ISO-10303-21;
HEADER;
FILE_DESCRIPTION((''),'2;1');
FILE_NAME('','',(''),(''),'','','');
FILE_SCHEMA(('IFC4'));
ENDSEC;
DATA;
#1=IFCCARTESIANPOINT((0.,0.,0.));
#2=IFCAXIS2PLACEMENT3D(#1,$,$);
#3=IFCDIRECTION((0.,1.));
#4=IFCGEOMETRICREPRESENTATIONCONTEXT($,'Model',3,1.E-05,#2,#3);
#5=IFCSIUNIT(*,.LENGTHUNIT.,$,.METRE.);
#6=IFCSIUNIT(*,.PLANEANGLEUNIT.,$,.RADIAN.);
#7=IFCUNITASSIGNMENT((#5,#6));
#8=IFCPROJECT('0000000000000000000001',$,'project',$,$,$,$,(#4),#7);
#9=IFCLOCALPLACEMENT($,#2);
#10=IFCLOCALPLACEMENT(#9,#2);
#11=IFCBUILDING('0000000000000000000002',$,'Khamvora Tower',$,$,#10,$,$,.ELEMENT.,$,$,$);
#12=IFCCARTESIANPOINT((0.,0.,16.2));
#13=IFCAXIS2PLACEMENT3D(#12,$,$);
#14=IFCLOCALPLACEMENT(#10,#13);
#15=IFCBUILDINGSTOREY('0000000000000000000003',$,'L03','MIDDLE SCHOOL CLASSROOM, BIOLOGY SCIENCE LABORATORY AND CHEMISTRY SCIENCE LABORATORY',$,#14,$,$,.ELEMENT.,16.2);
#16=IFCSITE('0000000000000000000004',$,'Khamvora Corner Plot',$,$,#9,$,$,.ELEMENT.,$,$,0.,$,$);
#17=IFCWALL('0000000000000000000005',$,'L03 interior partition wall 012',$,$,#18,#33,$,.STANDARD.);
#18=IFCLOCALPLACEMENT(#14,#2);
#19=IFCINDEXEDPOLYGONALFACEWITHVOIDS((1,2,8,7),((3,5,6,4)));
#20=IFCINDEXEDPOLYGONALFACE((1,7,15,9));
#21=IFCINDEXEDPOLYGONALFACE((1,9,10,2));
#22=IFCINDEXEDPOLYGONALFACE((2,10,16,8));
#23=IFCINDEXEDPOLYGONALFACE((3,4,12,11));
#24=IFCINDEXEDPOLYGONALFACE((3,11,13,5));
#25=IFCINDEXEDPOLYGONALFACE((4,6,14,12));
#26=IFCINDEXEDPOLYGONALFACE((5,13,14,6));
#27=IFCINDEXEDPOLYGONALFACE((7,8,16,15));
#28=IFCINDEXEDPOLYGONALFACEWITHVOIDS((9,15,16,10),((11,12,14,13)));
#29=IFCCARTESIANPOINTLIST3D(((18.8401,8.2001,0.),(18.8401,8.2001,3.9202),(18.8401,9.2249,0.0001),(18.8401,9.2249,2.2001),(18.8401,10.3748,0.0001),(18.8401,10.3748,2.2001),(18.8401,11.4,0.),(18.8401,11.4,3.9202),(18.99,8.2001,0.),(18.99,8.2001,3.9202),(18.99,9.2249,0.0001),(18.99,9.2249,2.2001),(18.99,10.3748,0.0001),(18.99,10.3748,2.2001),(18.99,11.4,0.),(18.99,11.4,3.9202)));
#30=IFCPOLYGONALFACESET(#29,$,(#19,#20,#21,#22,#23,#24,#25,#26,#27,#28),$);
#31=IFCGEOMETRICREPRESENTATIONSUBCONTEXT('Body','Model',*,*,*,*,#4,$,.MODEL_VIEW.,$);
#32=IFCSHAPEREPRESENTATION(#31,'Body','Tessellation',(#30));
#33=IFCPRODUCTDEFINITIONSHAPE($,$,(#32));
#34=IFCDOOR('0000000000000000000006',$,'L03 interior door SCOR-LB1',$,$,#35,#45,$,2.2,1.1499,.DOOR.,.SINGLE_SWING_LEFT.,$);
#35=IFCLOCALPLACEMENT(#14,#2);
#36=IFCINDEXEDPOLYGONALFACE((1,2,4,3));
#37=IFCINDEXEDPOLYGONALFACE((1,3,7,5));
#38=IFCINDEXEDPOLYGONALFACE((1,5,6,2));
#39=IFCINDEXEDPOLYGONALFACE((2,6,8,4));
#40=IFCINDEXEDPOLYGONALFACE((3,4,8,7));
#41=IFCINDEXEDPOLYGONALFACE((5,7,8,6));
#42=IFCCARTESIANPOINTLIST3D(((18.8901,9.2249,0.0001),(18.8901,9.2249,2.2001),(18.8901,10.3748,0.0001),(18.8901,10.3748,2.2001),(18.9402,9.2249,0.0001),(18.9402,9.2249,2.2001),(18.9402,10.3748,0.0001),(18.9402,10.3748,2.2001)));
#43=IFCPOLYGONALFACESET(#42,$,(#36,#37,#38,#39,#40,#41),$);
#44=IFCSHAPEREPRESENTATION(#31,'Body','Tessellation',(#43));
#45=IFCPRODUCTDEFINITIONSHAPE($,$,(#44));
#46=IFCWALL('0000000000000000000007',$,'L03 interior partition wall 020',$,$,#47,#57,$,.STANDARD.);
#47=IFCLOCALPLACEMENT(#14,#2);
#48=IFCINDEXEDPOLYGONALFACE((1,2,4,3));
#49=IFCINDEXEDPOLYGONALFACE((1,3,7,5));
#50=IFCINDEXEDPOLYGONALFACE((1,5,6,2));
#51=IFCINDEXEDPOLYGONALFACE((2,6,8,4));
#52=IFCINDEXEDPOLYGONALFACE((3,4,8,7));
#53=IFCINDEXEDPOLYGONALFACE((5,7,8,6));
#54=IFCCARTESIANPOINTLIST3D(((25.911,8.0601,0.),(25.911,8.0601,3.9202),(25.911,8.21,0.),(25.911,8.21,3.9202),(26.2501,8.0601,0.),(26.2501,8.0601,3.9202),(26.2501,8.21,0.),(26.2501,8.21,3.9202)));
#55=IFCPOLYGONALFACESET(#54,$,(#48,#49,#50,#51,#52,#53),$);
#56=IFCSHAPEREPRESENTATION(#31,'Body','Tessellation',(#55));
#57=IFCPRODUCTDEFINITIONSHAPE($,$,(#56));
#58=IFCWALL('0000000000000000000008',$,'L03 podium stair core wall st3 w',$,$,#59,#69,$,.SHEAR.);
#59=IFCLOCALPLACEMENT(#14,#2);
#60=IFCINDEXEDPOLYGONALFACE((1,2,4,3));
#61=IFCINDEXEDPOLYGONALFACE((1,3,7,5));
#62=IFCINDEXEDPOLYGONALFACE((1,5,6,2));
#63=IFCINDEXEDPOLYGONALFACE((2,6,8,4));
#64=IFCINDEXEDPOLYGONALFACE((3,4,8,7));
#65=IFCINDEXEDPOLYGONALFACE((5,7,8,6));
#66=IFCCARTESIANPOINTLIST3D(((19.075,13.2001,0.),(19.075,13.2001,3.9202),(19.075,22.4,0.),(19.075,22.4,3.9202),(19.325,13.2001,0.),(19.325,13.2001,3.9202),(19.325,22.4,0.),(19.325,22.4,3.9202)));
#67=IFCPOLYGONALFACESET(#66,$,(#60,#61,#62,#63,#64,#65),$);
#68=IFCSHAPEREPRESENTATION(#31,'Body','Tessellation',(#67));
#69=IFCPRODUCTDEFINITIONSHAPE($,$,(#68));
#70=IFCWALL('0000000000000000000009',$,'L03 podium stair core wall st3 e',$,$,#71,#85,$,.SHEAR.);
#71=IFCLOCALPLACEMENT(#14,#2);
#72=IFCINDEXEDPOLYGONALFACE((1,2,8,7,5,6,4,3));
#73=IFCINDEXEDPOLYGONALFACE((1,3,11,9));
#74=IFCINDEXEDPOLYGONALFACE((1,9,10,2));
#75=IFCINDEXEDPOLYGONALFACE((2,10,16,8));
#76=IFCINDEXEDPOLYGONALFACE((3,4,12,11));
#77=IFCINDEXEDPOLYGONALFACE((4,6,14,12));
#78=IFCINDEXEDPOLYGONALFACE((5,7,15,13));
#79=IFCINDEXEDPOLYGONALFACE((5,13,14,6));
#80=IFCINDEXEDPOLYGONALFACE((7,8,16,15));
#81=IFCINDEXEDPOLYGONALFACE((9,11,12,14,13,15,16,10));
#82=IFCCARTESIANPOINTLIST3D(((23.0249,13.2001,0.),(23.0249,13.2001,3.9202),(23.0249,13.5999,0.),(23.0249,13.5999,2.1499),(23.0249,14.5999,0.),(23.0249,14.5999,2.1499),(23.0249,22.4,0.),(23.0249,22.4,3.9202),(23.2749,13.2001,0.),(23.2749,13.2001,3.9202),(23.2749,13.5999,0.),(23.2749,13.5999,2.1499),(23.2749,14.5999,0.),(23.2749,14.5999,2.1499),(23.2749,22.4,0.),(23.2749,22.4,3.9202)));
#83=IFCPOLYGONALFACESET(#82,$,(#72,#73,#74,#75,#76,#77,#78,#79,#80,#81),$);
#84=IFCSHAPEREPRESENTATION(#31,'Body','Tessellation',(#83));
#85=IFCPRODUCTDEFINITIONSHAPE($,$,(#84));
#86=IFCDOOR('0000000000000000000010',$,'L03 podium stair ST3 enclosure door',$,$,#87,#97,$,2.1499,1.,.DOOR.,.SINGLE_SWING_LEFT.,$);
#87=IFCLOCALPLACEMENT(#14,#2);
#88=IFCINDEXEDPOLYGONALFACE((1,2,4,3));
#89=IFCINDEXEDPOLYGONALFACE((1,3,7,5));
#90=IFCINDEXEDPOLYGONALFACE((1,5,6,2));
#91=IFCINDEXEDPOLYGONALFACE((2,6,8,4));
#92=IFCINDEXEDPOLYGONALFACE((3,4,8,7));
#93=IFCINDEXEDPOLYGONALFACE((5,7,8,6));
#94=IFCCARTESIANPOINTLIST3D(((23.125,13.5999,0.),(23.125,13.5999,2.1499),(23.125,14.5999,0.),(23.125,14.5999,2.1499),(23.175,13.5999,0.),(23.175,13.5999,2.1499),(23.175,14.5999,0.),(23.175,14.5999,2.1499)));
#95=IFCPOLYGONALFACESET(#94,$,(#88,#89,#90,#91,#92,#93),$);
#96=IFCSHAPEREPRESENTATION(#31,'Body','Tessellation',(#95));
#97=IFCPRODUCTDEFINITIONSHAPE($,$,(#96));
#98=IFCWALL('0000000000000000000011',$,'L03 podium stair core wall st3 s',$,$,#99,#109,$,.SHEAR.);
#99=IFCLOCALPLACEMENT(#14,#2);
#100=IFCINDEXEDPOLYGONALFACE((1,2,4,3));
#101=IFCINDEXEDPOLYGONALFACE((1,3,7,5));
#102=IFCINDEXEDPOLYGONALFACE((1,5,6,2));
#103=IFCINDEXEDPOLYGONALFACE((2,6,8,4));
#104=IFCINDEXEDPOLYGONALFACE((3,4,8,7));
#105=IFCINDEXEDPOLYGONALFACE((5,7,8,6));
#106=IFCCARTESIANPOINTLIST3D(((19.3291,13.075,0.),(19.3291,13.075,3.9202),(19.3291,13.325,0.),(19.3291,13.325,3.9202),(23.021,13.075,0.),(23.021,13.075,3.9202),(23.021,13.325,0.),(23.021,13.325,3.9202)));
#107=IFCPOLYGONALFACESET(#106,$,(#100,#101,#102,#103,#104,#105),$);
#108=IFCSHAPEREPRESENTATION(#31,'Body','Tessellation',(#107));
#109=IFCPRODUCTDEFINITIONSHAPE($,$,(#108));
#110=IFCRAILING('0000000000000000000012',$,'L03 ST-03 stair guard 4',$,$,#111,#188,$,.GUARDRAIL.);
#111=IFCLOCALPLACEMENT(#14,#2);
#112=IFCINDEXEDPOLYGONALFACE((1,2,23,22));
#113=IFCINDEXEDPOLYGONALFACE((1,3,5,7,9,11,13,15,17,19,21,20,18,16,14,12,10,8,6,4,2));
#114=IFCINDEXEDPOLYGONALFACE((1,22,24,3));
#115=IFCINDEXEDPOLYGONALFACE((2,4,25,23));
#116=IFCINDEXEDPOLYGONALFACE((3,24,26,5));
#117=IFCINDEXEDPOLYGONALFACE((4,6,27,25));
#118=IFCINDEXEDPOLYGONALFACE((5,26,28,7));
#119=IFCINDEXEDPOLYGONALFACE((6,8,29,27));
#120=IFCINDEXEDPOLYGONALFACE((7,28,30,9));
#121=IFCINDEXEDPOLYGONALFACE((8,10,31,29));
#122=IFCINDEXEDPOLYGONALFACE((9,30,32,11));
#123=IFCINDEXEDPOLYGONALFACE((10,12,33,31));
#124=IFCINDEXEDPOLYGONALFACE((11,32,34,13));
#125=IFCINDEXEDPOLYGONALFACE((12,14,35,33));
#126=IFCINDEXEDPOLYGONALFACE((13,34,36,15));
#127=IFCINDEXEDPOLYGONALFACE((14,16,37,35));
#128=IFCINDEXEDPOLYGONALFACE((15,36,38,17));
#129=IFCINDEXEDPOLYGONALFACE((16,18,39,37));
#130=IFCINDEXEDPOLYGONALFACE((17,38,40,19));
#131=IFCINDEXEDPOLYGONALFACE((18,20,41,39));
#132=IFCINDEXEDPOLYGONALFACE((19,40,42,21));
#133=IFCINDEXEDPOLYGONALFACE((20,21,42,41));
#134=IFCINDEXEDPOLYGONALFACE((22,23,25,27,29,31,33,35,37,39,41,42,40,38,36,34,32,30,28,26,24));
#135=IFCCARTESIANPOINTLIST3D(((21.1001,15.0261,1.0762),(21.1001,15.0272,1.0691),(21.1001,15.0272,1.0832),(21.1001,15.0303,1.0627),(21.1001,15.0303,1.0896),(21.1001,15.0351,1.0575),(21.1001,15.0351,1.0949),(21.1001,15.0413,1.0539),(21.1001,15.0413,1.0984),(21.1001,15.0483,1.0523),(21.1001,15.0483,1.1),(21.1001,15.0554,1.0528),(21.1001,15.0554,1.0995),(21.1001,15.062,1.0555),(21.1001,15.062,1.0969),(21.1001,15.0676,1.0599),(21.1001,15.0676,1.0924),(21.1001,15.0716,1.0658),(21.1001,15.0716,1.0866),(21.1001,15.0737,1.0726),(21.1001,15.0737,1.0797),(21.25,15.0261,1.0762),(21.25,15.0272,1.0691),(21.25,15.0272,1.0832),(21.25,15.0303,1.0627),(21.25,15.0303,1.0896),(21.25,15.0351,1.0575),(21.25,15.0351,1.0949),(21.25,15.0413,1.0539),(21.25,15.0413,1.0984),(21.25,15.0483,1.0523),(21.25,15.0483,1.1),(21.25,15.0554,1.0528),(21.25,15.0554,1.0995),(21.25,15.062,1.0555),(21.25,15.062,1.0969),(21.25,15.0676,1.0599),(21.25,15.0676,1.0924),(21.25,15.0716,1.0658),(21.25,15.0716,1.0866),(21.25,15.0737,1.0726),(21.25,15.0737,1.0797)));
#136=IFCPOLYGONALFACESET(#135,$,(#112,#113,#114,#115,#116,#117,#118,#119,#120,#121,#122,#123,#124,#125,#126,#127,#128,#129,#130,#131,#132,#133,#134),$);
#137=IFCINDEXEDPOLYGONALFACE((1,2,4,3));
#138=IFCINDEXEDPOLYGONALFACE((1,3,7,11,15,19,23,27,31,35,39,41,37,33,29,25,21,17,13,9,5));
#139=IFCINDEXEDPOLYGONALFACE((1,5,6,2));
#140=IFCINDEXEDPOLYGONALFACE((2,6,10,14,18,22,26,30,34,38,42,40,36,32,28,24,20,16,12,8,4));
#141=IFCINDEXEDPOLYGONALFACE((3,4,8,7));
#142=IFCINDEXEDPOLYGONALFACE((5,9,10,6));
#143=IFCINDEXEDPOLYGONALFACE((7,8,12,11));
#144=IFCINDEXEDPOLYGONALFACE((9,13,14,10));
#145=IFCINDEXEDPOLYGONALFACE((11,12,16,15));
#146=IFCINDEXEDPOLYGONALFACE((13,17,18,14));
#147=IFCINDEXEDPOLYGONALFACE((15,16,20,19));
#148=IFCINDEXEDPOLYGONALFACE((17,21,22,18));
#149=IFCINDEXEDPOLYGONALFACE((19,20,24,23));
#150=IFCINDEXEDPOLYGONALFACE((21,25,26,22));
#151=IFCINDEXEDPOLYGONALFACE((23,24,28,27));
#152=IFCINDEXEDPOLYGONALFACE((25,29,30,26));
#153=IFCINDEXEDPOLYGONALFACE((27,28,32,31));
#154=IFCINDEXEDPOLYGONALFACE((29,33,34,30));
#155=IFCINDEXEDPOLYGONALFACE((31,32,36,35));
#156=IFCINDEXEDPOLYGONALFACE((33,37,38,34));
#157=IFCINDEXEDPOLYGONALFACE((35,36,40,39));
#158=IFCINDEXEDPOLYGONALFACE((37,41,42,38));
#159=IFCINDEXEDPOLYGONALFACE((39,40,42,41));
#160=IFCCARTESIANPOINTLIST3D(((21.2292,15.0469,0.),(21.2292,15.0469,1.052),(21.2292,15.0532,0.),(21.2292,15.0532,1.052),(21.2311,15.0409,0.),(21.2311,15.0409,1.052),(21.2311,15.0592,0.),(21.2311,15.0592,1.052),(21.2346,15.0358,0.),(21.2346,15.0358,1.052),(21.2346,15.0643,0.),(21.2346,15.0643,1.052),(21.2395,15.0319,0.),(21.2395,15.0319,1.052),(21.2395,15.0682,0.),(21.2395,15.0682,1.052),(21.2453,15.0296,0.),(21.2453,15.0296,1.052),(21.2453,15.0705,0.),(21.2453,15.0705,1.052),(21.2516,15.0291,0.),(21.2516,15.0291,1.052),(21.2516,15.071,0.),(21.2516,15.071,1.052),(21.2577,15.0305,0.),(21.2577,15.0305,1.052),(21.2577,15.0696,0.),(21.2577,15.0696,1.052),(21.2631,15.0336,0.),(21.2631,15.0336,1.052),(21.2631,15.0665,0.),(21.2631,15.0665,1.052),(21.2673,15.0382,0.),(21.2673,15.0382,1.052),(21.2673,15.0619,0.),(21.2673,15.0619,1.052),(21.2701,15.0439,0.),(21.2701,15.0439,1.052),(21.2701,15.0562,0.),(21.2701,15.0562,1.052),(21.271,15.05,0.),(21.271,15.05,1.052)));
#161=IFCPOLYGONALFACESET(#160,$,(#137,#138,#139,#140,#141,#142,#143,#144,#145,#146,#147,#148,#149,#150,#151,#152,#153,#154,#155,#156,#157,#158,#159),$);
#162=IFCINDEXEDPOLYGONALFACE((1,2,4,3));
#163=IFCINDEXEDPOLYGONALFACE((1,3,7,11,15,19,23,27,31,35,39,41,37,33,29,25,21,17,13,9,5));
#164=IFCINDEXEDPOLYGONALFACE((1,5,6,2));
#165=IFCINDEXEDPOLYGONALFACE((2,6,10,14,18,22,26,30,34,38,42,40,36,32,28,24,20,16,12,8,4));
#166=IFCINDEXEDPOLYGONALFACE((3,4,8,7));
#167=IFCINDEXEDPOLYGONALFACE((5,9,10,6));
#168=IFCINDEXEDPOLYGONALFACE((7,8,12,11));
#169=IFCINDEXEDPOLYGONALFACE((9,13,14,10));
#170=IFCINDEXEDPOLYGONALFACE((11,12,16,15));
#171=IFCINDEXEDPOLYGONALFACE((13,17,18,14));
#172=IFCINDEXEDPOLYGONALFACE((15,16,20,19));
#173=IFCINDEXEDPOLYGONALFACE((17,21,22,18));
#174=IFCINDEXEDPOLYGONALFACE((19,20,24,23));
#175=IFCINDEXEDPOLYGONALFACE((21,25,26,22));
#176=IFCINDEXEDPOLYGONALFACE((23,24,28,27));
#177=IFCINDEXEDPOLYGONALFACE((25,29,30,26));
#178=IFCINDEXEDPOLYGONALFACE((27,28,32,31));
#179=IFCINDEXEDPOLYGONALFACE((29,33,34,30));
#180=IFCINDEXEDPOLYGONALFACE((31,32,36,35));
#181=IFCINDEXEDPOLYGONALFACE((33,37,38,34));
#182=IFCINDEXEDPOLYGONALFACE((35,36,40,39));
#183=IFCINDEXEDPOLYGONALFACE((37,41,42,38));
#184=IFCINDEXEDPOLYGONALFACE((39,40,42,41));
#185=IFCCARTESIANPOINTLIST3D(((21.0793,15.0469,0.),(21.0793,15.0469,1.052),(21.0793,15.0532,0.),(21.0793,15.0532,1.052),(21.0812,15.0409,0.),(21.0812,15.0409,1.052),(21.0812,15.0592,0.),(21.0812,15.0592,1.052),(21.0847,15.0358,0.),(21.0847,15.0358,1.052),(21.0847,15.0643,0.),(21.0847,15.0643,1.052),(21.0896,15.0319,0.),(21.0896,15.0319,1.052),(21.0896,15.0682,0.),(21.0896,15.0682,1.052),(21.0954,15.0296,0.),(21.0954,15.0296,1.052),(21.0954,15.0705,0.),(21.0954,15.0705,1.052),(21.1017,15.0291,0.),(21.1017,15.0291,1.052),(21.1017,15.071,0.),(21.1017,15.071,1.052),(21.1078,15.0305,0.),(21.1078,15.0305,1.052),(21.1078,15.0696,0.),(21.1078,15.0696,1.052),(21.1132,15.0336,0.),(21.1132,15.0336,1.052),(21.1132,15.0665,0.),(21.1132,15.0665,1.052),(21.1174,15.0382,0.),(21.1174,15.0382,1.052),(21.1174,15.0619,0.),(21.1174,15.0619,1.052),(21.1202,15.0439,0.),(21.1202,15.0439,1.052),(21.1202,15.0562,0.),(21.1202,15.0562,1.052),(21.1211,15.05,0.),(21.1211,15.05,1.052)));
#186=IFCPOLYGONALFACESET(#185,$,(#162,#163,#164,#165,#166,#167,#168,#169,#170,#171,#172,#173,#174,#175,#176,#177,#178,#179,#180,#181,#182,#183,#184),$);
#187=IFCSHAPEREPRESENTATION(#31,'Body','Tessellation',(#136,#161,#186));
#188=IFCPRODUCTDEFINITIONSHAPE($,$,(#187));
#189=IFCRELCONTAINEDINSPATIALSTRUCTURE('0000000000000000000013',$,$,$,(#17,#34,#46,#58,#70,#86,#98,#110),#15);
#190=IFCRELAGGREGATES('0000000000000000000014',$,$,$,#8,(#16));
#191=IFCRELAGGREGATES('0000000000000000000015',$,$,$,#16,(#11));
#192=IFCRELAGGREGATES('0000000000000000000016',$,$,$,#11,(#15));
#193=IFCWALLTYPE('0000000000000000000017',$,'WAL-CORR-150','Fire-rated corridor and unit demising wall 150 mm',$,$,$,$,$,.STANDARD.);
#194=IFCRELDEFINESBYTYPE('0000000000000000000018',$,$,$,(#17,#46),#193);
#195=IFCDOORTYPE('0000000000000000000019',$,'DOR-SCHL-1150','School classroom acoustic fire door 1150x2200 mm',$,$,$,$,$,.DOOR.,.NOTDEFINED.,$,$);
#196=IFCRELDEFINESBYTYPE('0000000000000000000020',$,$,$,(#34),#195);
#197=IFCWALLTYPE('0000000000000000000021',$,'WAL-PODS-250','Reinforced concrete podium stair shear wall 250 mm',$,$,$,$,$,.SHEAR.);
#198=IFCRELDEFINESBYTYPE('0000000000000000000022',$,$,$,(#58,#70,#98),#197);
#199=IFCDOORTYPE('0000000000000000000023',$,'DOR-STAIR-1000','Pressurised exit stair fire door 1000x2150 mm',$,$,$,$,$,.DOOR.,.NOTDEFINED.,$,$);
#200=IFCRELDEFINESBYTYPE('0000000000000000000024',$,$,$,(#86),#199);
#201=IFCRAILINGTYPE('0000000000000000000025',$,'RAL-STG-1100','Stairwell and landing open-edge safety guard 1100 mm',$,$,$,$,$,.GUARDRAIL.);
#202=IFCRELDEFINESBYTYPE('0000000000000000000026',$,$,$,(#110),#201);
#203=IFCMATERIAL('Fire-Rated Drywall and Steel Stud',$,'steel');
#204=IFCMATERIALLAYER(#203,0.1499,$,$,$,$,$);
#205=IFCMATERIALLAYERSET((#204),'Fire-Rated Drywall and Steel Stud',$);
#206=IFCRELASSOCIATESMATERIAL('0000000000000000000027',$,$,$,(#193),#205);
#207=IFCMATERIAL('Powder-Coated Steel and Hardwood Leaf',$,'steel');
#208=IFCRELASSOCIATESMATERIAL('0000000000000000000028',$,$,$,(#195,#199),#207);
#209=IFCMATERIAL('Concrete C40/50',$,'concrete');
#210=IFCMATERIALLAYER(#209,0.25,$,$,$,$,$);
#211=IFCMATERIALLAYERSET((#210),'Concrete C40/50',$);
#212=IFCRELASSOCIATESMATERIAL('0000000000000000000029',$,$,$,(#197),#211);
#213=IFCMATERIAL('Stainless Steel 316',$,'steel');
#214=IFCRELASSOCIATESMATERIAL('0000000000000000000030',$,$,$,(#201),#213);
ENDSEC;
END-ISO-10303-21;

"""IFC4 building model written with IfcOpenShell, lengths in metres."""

from ifc_helpers import new_model, si_unit, direction, frame, frame_2d, origin, origin_2d, place, context, subcontext, project, spatial, rectangle, circle, extrude, material, layer, layer_set, type_object, element, fill, save


model = new_model("IFC4")

# Units and contexts
model_context = context("Model", 3, precision=1e-05, world=origin(), true_north=direction((0.0, 1.0)))
body_context = subcontext(model_context, "Body", "Model", "MODEL_VIEW")
ifc_project = project(units=[si_unit("LENGTHUNIT", "METRE"), si_unit("PLANEANGLEUNIT", "RADIAN")], contexts=[model_context])

# Site, building, storey
site_placement = place(None, origin())
site = spatial("IfcSite", under=ifc_project, at=site_placement, Name="Khamvora Corner Plot", CompositionType="ELEMENT", RefElevation=0.0)
building_placement = place(site_placement, origin())
building = spatial("IfcBuilding", under=site, at=building_placement, Name="Khamvora Tower", CompositionType="ELEMENT")
storey_placement = place(building_placement, frame((0.0, 0.0, 16.2)))
storey = spatial("IfcBuildingStorey", under=building, at=storey_placement, Name="L03", Description="MIDDLE SCHOOL CLASSROOM, BIOLOGY SCIENCE LABORATORY AND CHEMISTRY SCIENCE LABORATORY", CompositionType="ELEMENT", Elevation=16.2)

# Wall, opening, door
ifc_material_1 = material(Name="Fire-Rated Drywall and Steel Stud", Category="steel")
ifc_layer_1 = layer(ifc_material_1, 0.1499)
ifc_layer_set_1 = layer_set([ifc_layer_1], Name="Fire-Rated Drywall and Steel Stud")
wall_type_1 = type_object("IfcWallType", Name="WAL-CORR-150", Description="Fire-rated corridor and unit demising wall 150 mm", PredefinedType="STANDARD", material=ifc_layer_set_1)
wall_1_placement = place(storey_placement, frame((18.915, 8.2, 0.0), z_axis=(0.0, 0.0, 1.0), x_axis=(0.0, 1.0, 0.0)))
wall_1 = element("IfcWall", 1, at=wall_1_placement, inside=storey, type_object=wall_type_1, Name="L03 interior partition wall 012", PredefinedType="STANDARD", context=body_context, shape_type="SweptSolid", body=[
    extrude(rectangle(XDim=3.2, YDim=0.1499, at=frame_2d((1.6001, 0.0))), origin(), (0.0, 0.0, 1.0), 3.9202),
])
opening_1_placement = place(wall_1_placement, frame((1.0249, 0.0, 0.0)))
opening_1 = element("IfcOpeningElement", 2, at=opening_1_placement, cuts=wall_1, PredefinedType="OPENING", context=body_context, shape_type="SweptSolid", body=[
    extrude(rectangle(XDim=1.1499, YDim=2.2, at=frame_2d((0.575, 1.1001))), frame((0.0, 0.085, 0.0), z_axis=(0.0, -1.0, 0.0), x_axis=(1.0, 0.0, 0.0)), (0.0, 0.0, 1.0), 0.1699),
])
ifc_material_2 = material(Name="Powder-Coated Steel and Hardwood Leaf", Category="steel")
door_type_1 = type_object("IfcDoorType", Name="DOR-SCHL-1150", Description="School classroom acoustic fire door 1150x2200 mm", OperationType="NOTDEFINED", PredefinedType="DOOR", material=ifc_material_2)
door_1_placement = place(opening_1_placement, origin())
door_1 = element("IfcDoor", 3, at=door_1_placement, inside=storey, type_object=door_type_1, Name="L03 interior door SCOR-LB1", OperationType="SINGLE_SWING_LEFT", OverallHeight=2.2, OverallWidth=1.1499, PredefinedType="DOOR", context=body_context, shape_type="SweptSolid", body=[
    extrude(rectangle(XDim=1.1499, YDim=2.2, at=frame_2d((0.575, 1.1001))), frame((0.0, 0.0249, 0.0), z_axis=(0.0, -1.0, 0.0), x_axis=(1.0, 0.0, 0.0)), (0.0, 0.0, 1.0), 0.05),
])
fill(opening_1, door_1)

# Walls
wall_2_placement = place(storey_placement, frame((26.25, 8.135, 0.0), z_axis=(0.0, 0.0, 1.0), x_axis=(-1.0, 0.0, 0.0)))
element("IfcWall", 4, at=wall_2_placement, inside=storey, type_object=wall_type_1, Name="L03 interior partition wall 020", PredefinedType="STANDARD", context=body_context, shape_type="SweptSolid", body=[
    extrude(rectangle(XDim=0.3391, YDim=0.1499, at=frame_2d((0.1694, 0.0))), origin(), (0.0, 0.0, 1.0), 3.9202),
])
ifc_material_3 = material(Name="Concrete C40/50", Category="concrete")
ifc_layer_2 = layer(ifc_material_3, 0.25)
ifc_layer_set_2 = layer_set([ifc_layer_2], Name="Concrete C40/50")
wall_type_2 = type_object("IfcWallType", Name="WAL-PODS-250", Description="Reinforced concrete podium stair shear wall 250 mm", PredefinedType="SHEAR", material=ifc_layer_set_2)
wall_3_placement = place(storey_placement, frame((19.2, 13.2, 0.0), z_axis=(0.0, 0.0, 1.0), x_axis=(0.0, 1.0, 0.0)))
element("IfcWall", 5, at=wall_3_placement, inside=storey, type_object=wall_type_2, Name="L03 podium stair core wall st3 w", PredefinedType="SHEAR", context=body_context, shape_type="SweptSolid", body=[
    extrude(rectangle(XDim=9.2, YDim=0.25, at=frame_2d((4.6001, 0.0))), origin(), (0.0, 0.0, 1.0), 3.9202),
])

# Wall, opening, door
wall_4_placement = place(storey_placement, frame((23.1499, 13.2, 0.0), z_axis=(0.0, 0.0, 1.0), x_axis=(0.0, 1.0, 0.0)))
wall_4 = element("IfcWall", 6, at=wall_4_placement, inside=storey, type_object=wall_type_2, Name="L03 podium stair core wall st3 e", PredefinedType="SHEAR", context=body_context, shape_type="SweptSolid", body=[
    extrude(rectangle(XDim=9.2, YDim=0.25, at=frame_2d((4.6001, 0.0))), origin(), (0.0, 0.0, 1.0), 3.9202),
])
opening_2_placement = place(wall_4_placement, frame((0.3999, 0.0, 0.0)))
opening_2 = element("IfcOpeningElement", 7, at=opening_2_placement, cuts=wall_4, PredefinedType="OPENING", context=body_context, shape_type="SweptSolid", body=[
    extrude(rectangle(XDim=1.0, YDim=2.1499, at=frame_2d((0.5, 1.075))), frame((0.0, 0.135, 0.0), z_axis=(0.0, -1.0, 0.0), x_axis=(1.0, 0.0, 0.0)), (0.0, 0.0, 1.0), 0.27),
])
door_type_2 = type_object("IfcDoorType", Name="DOR-STAIR-1000", Description="Pressurised exit stair fire door 1000x2150 mm", OperationType="NOTDEFINED", PredefinedType="DOOR", material=ifc_material_2)
door_2_placement = place(opening_2_placement, origin())
door_2 = element("IfcDoor", 8, at=door_2_placement, inside=storey, type_object=door_type_2, Name="L03 podium stair ST3 enclosure door", OperationType="SINGLE_SWING_LEFT", OverallHeight=2.1499, OverallWidth=1.0, PredefinedType="DOOR", context=body_context, shape_type="SweptSolid", body=[
    extrude(rectangle(XDim=1.0, YDim=2.1499, at=frame_2d((0.5, 1.075))), frame((0.0, 0.0249, 0.0), z_axis=(0.0, -1.0, 0.0), x_axis=(1.0, 0.0, 0.0)), (0.0, 0.0, 1.0), 0.05),
])
fill(opening_2, door_2)

# Wall
wall_5_placement = place(storey_placement, frame((19.3291, 13.2, 0.0), z_axis=(0.0, 0.0, 1.0), x_axis=(1.0, 0.0, 0.0)))
element("IfcWall", 9, at=wall_5_placement, inside=storey, type_object=wall_type_2, Name="L03 podium stair core wall st3 s", PredefinedType="SHEAR", context=body_context, shape_type="SweptSolid", body=[
    extrude(rectangle(XDim=3.6919, YDim=0.25, at=frame_2d((1.8459, 0.0))), origin(), (0.0, 0.0, 1.0), 3.9202),
])

# Railing
ifc_material_4 = material(Name="Stainless Steel 316", Category="steel")
railing_type = type_object("IfcRailingType", Name="RAL-STG-1100", Description="Stairwell and landing open-edge safety guard 1100 mm", PredefinedType="GUARDRAIL", material=ifc_material_4)
railing_placement = place(storey_placement, frame((21.25, 15.05, 0.0)))
element("IfcRailing", 10, at=railing_placement, inside=storey, type_object=railing_type, Name="L03 ST-03 stair guard 4", PredefinedType="GUARDRAIL", context=body_context, shape_type="SweptSolid", body=[
    extrude(circle(Radius=0.0239, at=origin_2d()), frame((0.0, 0.0, 1.0762), z_axis=(-1.0, 0.0, 0.0), x_axis=(0.0, -1.0, 0.0)), (0.0, 0.0, 1.0), 0.1499),
    extrude(circle(Radius=0.021, at=origin_2d()), origin(), (0.0, 0.0, 1.0), 1.052),
    extrude(circle(Radius=0.021, at=origin_2d()), frame((-0.1499, 0.0, 0.0)), (0.0, 0.0, 1.0), 1.052),
])

save(model, "model.ifc")
